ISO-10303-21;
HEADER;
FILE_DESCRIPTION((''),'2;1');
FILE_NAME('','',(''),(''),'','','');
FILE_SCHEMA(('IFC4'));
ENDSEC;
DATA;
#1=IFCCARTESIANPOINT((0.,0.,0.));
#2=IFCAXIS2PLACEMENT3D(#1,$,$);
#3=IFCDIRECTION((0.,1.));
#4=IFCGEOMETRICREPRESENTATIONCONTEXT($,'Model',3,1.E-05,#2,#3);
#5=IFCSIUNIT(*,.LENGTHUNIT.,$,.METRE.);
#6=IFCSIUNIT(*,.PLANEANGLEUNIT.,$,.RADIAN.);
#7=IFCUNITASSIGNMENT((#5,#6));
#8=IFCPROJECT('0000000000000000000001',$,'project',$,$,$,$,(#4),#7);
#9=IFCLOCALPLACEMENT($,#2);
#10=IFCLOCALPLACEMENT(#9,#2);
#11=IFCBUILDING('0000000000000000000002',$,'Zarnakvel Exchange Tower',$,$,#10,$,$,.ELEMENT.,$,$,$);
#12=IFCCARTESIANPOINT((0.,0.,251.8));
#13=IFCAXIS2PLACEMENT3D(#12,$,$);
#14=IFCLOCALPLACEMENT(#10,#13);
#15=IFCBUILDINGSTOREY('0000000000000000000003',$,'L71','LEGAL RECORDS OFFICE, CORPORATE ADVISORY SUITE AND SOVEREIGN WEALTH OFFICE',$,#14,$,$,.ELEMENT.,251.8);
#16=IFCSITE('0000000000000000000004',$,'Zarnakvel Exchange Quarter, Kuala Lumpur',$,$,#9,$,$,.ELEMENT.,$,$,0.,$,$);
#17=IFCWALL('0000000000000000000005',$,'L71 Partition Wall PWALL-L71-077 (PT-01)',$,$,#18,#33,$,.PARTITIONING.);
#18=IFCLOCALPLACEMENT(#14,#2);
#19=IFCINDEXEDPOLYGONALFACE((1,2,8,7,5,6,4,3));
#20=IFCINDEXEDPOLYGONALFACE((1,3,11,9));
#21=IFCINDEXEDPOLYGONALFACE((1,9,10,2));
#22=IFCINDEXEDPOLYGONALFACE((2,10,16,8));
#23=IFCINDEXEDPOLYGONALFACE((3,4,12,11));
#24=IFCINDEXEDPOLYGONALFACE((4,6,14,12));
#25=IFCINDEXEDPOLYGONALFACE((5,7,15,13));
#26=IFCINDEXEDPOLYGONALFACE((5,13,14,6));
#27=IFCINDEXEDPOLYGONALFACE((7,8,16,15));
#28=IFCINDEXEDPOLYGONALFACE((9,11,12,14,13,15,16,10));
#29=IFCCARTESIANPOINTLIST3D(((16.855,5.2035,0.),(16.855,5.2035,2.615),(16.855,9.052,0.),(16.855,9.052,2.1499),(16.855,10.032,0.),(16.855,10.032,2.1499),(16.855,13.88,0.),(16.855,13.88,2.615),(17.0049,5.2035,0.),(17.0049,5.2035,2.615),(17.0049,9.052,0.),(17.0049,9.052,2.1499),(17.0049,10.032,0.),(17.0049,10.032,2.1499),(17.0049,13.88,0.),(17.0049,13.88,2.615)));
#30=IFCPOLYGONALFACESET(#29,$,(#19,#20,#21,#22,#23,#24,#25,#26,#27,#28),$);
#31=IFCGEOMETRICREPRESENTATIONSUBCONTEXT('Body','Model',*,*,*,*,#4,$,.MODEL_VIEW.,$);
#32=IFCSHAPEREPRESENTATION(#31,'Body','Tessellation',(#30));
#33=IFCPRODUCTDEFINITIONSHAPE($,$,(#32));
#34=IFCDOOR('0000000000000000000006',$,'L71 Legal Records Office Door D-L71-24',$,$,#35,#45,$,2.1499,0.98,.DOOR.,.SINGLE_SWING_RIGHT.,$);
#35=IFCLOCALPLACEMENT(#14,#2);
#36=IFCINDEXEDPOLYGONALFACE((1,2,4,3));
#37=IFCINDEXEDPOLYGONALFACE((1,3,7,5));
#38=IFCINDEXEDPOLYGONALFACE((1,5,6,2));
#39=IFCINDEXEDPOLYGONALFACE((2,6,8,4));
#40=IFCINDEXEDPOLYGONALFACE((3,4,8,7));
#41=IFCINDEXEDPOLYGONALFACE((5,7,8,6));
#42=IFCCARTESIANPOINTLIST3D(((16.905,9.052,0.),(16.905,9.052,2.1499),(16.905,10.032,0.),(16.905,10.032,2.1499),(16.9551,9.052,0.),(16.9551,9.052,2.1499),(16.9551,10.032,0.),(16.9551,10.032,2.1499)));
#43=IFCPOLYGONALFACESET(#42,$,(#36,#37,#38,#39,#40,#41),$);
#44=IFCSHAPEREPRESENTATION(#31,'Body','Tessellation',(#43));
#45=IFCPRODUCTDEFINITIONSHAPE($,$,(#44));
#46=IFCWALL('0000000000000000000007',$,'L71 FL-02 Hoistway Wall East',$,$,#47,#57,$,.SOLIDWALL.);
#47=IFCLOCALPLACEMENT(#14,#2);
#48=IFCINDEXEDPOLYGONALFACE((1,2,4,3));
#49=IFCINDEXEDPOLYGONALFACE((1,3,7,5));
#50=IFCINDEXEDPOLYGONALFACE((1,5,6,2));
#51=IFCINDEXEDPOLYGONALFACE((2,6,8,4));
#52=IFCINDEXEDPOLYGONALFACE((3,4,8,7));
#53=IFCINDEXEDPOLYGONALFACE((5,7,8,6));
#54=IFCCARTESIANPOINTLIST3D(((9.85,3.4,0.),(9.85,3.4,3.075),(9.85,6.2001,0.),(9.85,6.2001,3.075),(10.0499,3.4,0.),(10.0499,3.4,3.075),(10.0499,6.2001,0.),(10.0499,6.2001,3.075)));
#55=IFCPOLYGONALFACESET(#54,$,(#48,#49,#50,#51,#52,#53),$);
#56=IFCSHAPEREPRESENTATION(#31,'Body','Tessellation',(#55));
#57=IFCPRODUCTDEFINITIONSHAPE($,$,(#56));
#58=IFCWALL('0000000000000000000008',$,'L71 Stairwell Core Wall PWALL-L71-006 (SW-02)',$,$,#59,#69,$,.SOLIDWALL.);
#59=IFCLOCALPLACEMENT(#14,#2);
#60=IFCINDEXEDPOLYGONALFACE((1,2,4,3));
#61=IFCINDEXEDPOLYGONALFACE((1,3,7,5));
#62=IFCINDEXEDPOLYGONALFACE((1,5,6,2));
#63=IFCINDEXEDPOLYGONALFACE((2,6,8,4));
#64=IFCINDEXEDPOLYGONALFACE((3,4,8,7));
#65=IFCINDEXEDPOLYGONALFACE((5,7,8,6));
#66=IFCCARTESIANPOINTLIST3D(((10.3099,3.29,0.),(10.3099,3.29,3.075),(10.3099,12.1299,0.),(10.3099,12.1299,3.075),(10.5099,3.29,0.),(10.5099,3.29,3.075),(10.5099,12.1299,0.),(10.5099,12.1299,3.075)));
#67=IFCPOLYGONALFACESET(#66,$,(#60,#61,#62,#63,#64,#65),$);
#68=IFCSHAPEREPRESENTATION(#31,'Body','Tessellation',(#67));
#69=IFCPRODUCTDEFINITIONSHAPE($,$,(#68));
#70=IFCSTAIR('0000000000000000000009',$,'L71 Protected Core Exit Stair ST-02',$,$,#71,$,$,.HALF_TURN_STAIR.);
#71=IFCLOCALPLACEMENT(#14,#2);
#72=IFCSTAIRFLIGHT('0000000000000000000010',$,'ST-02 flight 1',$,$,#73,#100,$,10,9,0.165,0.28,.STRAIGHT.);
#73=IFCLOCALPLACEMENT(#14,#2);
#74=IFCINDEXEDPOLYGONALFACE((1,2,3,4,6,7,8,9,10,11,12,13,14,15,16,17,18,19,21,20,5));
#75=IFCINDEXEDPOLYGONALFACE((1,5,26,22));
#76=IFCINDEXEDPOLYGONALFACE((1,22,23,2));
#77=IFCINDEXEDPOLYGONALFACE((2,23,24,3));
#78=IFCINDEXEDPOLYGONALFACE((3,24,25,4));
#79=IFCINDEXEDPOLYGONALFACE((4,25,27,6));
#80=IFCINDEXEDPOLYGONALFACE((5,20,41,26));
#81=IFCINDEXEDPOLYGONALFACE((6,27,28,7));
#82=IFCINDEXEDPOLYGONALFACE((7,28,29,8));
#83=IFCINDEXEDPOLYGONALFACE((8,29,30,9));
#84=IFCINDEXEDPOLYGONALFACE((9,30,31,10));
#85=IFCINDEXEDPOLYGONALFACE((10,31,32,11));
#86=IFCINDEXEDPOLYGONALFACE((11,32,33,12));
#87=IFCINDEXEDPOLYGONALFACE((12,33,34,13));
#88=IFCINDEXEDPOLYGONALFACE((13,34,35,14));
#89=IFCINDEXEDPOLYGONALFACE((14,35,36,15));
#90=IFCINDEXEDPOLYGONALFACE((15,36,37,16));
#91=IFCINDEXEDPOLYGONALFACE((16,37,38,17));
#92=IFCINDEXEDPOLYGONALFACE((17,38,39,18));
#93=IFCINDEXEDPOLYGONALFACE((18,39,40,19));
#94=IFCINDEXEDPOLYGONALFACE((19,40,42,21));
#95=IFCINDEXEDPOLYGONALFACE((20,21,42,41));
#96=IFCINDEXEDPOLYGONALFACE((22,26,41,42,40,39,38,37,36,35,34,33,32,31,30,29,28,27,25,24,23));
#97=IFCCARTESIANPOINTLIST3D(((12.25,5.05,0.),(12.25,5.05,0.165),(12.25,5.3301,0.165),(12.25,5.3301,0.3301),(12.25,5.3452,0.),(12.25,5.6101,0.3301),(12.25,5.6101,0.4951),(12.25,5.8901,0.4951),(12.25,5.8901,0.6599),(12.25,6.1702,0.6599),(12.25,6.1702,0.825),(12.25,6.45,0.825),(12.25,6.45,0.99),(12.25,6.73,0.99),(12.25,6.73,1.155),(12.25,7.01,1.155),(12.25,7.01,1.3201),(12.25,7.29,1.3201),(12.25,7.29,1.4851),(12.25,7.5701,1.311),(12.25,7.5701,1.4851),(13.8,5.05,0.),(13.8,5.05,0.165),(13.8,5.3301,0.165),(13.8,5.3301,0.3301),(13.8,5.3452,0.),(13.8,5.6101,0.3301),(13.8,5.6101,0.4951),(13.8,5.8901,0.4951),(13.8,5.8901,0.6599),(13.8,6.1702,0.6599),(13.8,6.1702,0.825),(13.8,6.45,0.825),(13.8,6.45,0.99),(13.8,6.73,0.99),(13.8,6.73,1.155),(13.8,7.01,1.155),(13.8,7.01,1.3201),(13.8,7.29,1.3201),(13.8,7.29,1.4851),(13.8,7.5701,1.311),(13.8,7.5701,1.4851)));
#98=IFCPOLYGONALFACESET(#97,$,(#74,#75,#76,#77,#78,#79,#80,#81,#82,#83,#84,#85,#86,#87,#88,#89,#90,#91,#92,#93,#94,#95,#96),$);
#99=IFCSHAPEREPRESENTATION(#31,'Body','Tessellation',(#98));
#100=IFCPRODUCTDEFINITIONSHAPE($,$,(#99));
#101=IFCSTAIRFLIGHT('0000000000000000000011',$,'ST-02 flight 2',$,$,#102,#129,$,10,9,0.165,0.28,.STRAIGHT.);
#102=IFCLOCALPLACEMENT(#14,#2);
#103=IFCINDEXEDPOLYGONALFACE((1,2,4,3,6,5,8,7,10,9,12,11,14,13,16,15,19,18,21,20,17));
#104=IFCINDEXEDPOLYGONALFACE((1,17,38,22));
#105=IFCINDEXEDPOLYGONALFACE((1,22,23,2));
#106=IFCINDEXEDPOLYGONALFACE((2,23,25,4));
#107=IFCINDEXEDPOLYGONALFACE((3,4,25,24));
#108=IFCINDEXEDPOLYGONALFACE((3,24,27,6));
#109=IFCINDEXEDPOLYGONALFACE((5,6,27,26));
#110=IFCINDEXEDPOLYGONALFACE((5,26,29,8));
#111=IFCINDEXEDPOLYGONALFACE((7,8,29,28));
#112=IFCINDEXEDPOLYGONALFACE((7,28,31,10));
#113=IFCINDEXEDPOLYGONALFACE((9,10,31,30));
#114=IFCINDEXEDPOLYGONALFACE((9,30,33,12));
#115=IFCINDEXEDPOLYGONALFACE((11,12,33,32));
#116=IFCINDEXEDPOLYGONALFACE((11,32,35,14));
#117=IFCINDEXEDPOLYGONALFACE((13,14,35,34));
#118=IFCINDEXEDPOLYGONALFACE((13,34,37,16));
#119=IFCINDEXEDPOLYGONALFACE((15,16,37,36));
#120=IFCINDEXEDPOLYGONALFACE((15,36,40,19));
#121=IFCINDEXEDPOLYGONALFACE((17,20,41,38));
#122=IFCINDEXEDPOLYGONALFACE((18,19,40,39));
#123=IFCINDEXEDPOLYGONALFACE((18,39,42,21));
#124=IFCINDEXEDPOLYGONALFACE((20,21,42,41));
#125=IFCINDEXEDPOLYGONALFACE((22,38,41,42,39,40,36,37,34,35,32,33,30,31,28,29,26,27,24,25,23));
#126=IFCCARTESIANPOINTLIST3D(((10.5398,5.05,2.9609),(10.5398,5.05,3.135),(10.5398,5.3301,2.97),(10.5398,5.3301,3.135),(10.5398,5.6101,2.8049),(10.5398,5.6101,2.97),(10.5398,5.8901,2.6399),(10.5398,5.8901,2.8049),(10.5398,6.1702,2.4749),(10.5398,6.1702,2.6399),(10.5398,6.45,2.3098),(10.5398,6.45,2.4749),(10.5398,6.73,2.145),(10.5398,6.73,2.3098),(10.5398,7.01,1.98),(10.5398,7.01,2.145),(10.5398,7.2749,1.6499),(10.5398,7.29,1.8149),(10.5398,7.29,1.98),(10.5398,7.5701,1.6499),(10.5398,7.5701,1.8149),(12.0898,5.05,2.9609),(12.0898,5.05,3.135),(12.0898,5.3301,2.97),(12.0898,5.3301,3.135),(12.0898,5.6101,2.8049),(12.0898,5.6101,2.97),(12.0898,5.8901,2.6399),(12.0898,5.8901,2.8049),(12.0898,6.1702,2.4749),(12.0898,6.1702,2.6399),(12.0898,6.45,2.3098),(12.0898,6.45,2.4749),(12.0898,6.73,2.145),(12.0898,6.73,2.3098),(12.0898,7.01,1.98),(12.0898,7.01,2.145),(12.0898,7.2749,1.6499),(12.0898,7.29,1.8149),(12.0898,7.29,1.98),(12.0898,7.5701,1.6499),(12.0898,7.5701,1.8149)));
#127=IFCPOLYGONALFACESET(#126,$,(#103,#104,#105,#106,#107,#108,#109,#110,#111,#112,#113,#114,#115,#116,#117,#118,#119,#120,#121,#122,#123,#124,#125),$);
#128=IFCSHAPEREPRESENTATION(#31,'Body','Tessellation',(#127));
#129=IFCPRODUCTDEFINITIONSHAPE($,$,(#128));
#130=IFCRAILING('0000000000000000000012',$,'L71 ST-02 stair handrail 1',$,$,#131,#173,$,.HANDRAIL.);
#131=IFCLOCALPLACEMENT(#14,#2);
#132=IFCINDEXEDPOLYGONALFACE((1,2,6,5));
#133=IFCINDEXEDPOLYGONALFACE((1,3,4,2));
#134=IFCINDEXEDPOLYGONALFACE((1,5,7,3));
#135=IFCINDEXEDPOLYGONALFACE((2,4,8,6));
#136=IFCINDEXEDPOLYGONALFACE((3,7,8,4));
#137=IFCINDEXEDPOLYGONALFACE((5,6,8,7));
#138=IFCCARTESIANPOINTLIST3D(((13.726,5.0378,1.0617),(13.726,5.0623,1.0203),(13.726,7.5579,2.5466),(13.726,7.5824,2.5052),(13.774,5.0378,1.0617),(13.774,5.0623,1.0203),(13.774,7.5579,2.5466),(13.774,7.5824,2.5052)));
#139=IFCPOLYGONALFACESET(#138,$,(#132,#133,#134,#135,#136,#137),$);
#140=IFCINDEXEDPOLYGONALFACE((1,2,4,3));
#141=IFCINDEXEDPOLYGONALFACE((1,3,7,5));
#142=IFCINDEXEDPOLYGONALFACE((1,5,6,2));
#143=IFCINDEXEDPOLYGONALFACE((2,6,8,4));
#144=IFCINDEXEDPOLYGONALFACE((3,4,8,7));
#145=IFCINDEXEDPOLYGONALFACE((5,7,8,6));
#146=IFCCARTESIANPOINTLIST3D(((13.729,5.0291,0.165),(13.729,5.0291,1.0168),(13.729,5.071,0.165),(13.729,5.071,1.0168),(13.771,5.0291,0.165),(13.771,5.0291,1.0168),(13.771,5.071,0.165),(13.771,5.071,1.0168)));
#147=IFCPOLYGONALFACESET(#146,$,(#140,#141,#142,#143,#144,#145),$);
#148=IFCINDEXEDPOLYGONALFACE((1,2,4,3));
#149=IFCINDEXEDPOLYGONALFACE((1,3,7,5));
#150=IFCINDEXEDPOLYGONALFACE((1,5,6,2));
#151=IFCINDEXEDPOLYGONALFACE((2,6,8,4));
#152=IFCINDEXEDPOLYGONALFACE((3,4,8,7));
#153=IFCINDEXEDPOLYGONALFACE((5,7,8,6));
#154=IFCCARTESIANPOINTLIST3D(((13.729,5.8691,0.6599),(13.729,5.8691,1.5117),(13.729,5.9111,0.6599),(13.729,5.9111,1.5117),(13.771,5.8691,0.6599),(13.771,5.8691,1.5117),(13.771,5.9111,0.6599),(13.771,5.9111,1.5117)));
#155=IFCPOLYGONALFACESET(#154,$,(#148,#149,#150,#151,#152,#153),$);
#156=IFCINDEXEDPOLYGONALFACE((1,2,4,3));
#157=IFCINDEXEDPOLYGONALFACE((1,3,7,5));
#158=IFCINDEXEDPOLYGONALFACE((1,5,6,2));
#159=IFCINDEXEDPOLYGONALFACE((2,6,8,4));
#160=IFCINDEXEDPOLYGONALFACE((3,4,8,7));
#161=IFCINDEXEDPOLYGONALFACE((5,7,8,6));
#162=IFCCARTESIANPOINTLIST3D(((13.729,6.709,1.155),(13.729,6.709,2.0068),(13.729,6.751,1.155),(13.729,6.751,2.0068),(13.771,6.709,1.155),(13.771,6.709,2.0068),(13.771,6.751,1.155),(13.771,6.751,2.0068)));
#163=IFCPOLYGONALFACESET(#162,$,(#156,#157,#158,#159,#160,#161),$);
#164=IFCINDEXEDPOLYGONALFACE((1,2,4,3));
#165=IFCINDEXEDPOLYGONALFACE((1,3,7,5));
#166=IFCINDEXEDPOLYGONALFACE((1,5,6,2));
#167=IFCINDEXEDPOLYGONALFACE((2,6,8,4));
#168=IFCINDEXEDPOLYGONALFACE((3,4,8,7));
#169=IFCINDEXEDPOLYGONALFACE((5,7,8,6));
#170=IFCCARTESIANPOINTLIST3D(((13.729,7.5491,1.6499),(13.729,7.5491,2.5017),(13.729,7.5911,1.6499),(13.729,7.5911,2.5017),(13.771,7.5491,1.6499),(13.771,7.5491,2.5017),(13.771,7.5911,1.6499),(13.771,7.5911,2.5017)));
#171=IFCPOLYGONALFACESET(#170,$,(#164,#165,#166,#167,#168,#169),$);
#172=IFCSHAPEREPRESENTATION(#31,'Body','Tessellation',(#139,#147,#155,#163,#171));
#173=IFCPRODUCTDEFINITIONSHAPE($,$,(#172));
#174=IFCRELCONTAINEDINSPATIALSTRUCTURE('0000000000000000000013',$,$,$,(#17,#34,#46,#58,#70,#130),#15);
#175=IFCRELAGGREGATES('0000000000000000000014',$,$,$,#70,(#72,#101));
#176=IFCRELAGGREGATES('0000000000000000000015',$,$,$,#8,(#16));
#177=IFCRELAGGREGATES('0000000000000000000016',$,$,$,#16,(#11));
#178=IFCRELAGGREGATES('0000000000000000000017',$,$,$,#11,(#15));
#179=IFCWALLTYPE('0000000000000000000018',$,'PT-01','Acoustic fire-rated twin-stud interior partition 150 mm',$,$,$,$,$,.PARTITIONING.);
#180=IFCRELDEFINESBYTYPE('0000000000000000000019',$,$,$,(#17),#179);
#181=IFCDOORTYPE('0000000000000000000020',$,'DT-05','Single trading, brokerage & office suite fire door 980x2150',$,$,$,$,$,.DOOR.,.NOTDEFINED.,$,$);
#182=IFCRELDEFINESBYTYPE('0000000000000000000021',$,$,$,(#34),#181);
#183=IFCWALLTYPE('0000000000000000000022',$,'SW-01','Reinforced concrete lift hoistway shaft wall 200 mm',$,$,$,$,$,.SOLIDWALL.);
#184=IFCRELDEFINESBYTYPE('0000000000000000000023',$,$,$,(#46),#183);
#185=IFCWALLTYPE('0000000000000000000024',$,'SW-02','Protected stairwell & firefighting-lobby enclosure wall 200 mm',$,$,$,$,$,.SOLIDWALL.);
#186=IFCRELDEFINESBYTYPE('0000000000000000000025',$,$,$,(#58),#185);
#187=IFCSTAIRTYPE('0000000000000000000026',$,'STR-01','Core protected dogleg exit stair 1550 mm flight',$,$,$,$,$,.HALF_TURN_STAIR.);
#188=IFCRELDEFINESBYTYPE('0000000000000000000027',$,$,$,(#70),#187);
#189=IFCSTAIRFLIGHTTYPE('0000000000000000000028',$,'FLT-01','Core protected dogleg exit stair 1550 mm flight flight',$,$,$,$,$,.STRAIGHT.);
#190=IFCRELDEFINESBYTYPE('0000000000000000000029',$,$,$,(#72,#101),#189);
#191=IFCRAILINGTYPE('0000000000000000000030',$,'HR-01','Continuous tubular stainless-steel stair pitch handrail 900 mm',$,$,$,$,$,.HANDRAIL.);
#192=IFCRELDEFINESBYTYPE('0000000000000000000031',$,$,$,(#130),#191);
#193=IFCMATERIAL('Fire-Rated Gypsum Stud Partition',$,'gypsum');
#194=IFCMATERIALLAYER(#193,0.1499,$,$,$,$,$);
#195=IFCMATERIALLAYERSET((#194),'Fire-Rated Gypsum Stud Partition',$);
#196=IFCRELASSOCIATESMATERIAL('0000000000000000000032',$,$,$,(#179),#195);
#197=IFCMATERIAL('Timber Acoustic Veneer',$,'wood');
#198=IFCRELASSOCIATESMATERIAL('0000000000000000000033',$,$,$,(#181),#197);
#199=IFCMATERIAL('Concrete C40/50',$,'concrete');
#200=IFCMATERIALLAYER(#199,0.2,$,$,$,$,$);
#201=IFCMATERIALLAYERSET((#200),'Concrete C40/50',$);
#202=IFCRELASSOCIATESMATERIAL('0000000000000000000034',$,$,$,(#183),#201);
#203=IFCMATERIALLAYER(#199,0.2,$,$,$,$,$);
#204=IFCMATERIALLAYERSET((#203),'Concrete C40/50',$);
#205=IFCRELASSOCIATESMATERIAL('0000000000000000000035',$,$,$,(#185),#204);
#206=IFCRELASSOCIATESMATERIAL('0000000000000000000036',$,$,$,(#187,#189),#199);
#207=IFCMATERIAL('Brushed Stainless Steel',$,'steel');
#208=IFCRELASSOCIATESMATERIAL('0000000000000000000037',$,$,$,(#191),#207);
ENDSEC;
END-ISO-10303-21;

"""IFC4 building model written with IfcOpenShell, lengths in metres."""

from ifc_helpers import new_model, si_unit, direction, frame, frame_2d, origin, origin_2d, place, context, subcontext, project, spatial, polyline, rectangle, outline, extrude, source, transform, mapped, material, layer, layer_set, type_object, element, fill, aggregate, save


model = new_model("IFC4")

# Units and contexts
model_context = context("Model", 3, precision=1e-05, world=origin(), true_north=direction((0.0, 1.0)))
body_context = subcontext(model_context, "Body", "Model", "MODEL_VIEW")
ifc_project = project(units=[si_unit("LENGTHUNIT", "METRE"), si_unit("PLANEANGLEUNIT", "RADIAN")], contexts=[model_context])

# Site, building, storey
site_placement = place(None, origin())
site = spatial("IfcSite", under=ifc_project, at=site_placement, Name="Zarnakvel Exchange Quarter, Kuala Lumpur", CompositionType="ELEMENT", RefElevation=0.0)
building_placement = place(site_placement, origin())
building = spatial("IfcBuilding", under=site, at=building_placement, Name="Zarnakvel Exchange Tower", CompositionType="ELEMENT")
storey_placement = place(building_placement, frame((0.0, 0.0, 251.8)))
storey = spatial("IfcBuildingStorey", under=building, at=storey_placement, Name="L71", Description="LEGAL RECORDS OFFICE, CORPORATE ADVISORY SUITE AND SOVEREIGN WEALTH OFFICE", CompositionType="ELEMENT", Elevation=251.8)

# Shared definitions
ifc_material_1 = material(Name="Fire-Rated Gypsum Stud Partition", Category="gypsum")
ifc_layer_1 = layer(ifc_material_1, 0.1499)
ifc_layer_set_1 = layer_set([ifc_layer_1], Name="Fire-Rated Gypsum Stud Partition")
wall_type_1 = type_object("IfcWallType", Name="PT-01", Description="Acoustic fire-rated twin-stud interior partition 150 mm", PredefinedType="PARTITIONING", material=ifc_layer_set_1)

# Wall, opening, door
wall_1_placement = place(storey_placement, frame((16.9299, 5.2034, 0.0), z_axis=(0.0, 0.0, 1.0), x_axis=(0.0, 1.0, 0.0)))
wall_1 = element("IfcWall", 1, at=wall_1_placement, inside=storey, type_object=wall_type_1, Name="L71 Partition Wall PWALL-L71-077 (PT-01)", PredefinedType="PARTITIONING", context=body_context, shape_type="SweptSolid", body=[
    extrude(rectangle(XDim=8.6765, YDim=0.1499, at=frame_2d((4.3384, 0.0))), origin(), (0.0, 0.0, 1.0), 2.615),
])
opening_1_placement = place(wall_1_placement, frame((3.8486, 0.0, 0.0)))
opening_1 = element("IfcOpeningElement", 2, at=opening_1_placement, cuts=wall_1, PredefinedType="OPENING", context=body_context, shape_type="SweptSolid", body=[
    extrude(rectangle(XDim=0.98, YDim=2.1499, at=frame_2d((0.49, 1.075))), frame((0.0, 0.085, 0.0), z_axis=(0.0, -1.0, 0.0), x_axis=(1.0, 0.0, 0.0)), (0.0, 0.0, 1.0), 0.1699),
])
ifc_material_2 = material(Name="Timber Acoustic Veneer", Category="wood")
door_type_1 = type_object("IfcDoorType", Name="DT-05", Description="Single trading, brokerage & office suite fire door 980x2150", OperationType="NOTDEFINED", PredefinedType="DOOR", material=ifc_material_2)
shared_shape_1 = source(origin(), body_context, "Body", "SweptSolid", [
    extrude(rectangle(XDim=0.98, YDim=2.1499, at=frame_2d((0.49, 1.075))), frame((0.0, 0.0249, 0.0), z_axis=(0.0, -1.0, 0.0), x_axis=(1.0, 0.0, 0.0)), (0.0, 0.0, 1.0), 0.05),
])
door_1_placement = place(opening_1_placement, origin())
door_1 = element("IfcDoor", 3, at=door_1_placement, inside=storey, type_object=door_type_1, Name="L71 Legal Records Office Door D-L71-24", OperationType="SINGLE_SWING_RIGHT", OverallHeight=2.1499, OverallWidth=0.98, PredefinedType="DOOR", context=body_context, shape_type="MappedRepresentation", body=[
    mapped(shared_shape_1, transform((0.0, 0.0, 0.0), x_axis=(1.0, 0.0, 0.0), y_axis=(0.0, 1.0, 0.0), z_axis=(0.0, 0.0, 1.0), scale=1.0)),
])
fill(opening_1, door_1)

# Wall
ifc_material_3 = material(Name="Concrete C40/50", Category="concrete")
ifc_layer_2 = layer(ifc_material_3, 0.2)
ifc_layer_set_2 = layer_set([ifc_layer_2], Name="Concrete C40/50")
wall_type_2 = type_object("IfcWallType", Name="SW-01", Description="Reinforced concrete lift hoistway shaft wall 200 mm", PredefinedType="SOLIDWALL", material=ifc_layer_set_2)
wall_2_placement = place(storey_placement, frame((9.95, 6.2, 0.0), z_axis=(0.0, 0.0, 1.0), x_axis=(0.0, -1.0, 0.0)))
element("IfcWall", 4, at=wall_2_placement, inside=storey, type_object=wall_type_2, Name="L71 FL-02 Hoistway Wall East", PredefinedType="SOLIDWALL", context=body_context, shape_type="SweptSolid", body=[
    extrude(rectangle(XDim=2.8, YDim=0.2, at=frame_2d((1.3999, 0.0))), origin(), (0.0, 0.0, 1.0), 3.075),
])

# Shared definitions
ifc_layer_3 = layer(ifc_material_3, 0.2)
ifc_layer_set_3 = layer_set([ifc_layer_3], Name="Concrete C40/50")
wall_type_3 = type_object("IfcWallType", Name="SW-02", Description="Protected stairwell & firefighting-lobby enclosure wall 200 mm", PredefinedType="SOLIDWALL", material=ifc_layer_set_3)

# Wall
wall_3_placement = place(storey_placement, frame((10.4099, 3.29, 0.0), z_axis=(0.0, 0.0, 1.0), x_axis=(0.0, 1.0, 0.0)))
element("IfcWall", 5, at=wall_3_placement, inside=storey, type_object=wall_type_3, Name="L71 Stairwell Core Wall PWALL-L71-006 (SW-02)", PredefinedType="SOLIDWALL", context=body_context, shape_type="SweptSolid", body=[
    extrude(rectangle(XDim=8.8398, YDim=0.2, at=frame_2d((4.4199, 0.0))), origin(), (0.0, 0.0, 1.0), 3.075),
])

# Stair, stair flights
stair_type = type_object("IfcStairType", Name="STR-01", Description="Core protected dogleg exit stair 1550 mm flight", PredefinedType="HALF_TURN_STAIR", material=ifc_material_3)
stair_placement = place(storey_placement, origin())
stair = element("IfcStair", 6, at=stair_placement, inside=storey, type_object=stair_type, Name="L71 Protected Core Exit Stair ST-02", PredefinedType="HALF_TURN_STAIR")
stair_flight_type = type_object("IfcStairFlightType", Name="FLT-01", Description="Core protected dogleg exit stair 1550 mm flight flight", PredefinedType="STRAIGHT", material=ifc_material_3)
stair_flight_1_placement = place(storey_placement, frame((13.0249, 5.05, 0.0), z_axis=(0.0, 0.0, 1.0), x_axis=(0.0, 1.0, 0.0)))
stair_flight_1 = element("IfcStairFlight", 7, at=stair_flight_1_placement, type_object=stair_flight_type, Name="ST-02 flight 1", NumberOfRisers=10, NumberOfTreads=9, PredefinedType="STRAIGHT", RiserHeight=0.165, TreadLength=0.28, context=body_context, shape_type="SweptSolid", body=[
    extrude(outline(polyline([(0.0, 0.0), (0.0, 0.165), (0.28, 0.165), (0.28, 0.3301), (0.5601, 0.3301), (0.5601, 0.4951), (0.8401, 0.4951), (0.8401, 0.6599), (1.1201, 0.6599), (1.1201, 0.825), (1.3999, 0.825), (1.3999, 0.99), (1.6799, 0.99), (1.6799, 1.155), (1.96, 1.155), (1.96, 1.3201), (2.24, 1.3201), (2.24, 1.4851), (2.52, 1.4851), (2.52, 1.6499), (2.52, 1.311), (0.2952, 0.0), (0.0, 0.0)])), frame((0.0, 0.7749, 0.0), z_axis=(0.0, -1.0, 0.0), x_axis=(1.0, 0.0, 0.0)), (0.0, 0.0, 1.0), 1.55),
])
stair_flight_2_placement = place(storey_placement, frame((11.3149, 7.5701, 1.6499), z_axis=(0.0, 0.0, 1.0), x_axis=(0.0, -1.0, 0.0)))
stair_flight_2 = element("IfcStairFlight", 8, at=stair_flight_2_placement, type_object=stair_flight_type, Name="ST-02 flight 2", NumberOfRisers=10, NumberOfTreads=9, PredefinedType="STRAIGHT", RiserHeight=0.165, TreadLength=0.28, context=body_context, shape_type="SweptSolid", body=[
    extrude(outline(polyline([(0.0, 0.0), (0.0, 0.165), (0.28, 0.165), (0.28, 0.3301), (0.5601, 0.3301), (0.5601, 0.4951), (0.8401, 0.4951), (0.8401, 0.6599), (1.1201, 0.6599), (1.1201, 0.825), (1.3999, 0.825), (1.3999, 0.99), (1.6799, 0.99), (1.6799, 1.155), (1.96, 1.155), (1.96, 1.3201), (2.24, 1.3201), (2.24, 1.4851), (2.52, 1.4851), (2.52, 1.6499), (2.52, 1.311), (0.2952, 0.0), (0.0, 0.0)])), frame((0.0, 0.7749, 0.0), z_axis=(0.0, -1.0, 0.0), x_axis=(1.0, 0.0, 0.0)), (0.0, 0.0, 1.0), 1.55),
])
aggregate(stair, [stair_flight_1, stair_flight_2])

# Railing
ifc_material_4 = material(Name="Brushed Stainless Steel", Category="steel")
railing_type_1 = type_object("IfcRailingType", Name="HR-01", Description="Continuous tubular stainless-steel stair pitch handrail 900 mm", PredefinedType="HANDRAIL", material=ifc_material_4)
railing_1_placement = place(storey_placement, frame((13.75, 5.05, 0.165)))
element("IfcRailing", 9, at=railing_1_placement, inside=storey, type_object=railing_type_1, Name="L71 ST-02 stair handrail 1", PredefinedType="HANDRAIL", context=body_context, shape_type="SweptSolid", body=[
    extrude(rectangle(XDim=0.0481, YDim=0.0481, at=origin_2d()), frame((0.0, 0.0, 0.876), z_axis=(0.0, 0.861561, 0.507655), x_axis=(-1.0, 0.0, 0.0)), (0.0, 0.0, 1.0), 2.925),
    extrude(rectangle(XDim=0.042, YDim=0.042, at=origin_2d()), origin(), (0.0, 0.0, 1.0), 0.8518),
    extrude(rectangle(XDim=0.042, YDim=0.042, at=origin_2d()), frame((0.0, 0.8401, 0.4949)), (0.0, 0.0, 1.0), 0.8518),
    extrude(rectangle(XDim=0.042, YDim=0.042, at=origin_2d()), frame((0.0, 1.6799, 0.99)), (0.0, 0.0, 1.0), 0.8518),
    extrude(rectangle(XDim=0.042, YDim=0.042, at=origin_2d()), frame((0.0, 2.52, 1.4849)), (0.0, 0.0, 1.0), 0.8518),
])

save(model, "model.ifc")
